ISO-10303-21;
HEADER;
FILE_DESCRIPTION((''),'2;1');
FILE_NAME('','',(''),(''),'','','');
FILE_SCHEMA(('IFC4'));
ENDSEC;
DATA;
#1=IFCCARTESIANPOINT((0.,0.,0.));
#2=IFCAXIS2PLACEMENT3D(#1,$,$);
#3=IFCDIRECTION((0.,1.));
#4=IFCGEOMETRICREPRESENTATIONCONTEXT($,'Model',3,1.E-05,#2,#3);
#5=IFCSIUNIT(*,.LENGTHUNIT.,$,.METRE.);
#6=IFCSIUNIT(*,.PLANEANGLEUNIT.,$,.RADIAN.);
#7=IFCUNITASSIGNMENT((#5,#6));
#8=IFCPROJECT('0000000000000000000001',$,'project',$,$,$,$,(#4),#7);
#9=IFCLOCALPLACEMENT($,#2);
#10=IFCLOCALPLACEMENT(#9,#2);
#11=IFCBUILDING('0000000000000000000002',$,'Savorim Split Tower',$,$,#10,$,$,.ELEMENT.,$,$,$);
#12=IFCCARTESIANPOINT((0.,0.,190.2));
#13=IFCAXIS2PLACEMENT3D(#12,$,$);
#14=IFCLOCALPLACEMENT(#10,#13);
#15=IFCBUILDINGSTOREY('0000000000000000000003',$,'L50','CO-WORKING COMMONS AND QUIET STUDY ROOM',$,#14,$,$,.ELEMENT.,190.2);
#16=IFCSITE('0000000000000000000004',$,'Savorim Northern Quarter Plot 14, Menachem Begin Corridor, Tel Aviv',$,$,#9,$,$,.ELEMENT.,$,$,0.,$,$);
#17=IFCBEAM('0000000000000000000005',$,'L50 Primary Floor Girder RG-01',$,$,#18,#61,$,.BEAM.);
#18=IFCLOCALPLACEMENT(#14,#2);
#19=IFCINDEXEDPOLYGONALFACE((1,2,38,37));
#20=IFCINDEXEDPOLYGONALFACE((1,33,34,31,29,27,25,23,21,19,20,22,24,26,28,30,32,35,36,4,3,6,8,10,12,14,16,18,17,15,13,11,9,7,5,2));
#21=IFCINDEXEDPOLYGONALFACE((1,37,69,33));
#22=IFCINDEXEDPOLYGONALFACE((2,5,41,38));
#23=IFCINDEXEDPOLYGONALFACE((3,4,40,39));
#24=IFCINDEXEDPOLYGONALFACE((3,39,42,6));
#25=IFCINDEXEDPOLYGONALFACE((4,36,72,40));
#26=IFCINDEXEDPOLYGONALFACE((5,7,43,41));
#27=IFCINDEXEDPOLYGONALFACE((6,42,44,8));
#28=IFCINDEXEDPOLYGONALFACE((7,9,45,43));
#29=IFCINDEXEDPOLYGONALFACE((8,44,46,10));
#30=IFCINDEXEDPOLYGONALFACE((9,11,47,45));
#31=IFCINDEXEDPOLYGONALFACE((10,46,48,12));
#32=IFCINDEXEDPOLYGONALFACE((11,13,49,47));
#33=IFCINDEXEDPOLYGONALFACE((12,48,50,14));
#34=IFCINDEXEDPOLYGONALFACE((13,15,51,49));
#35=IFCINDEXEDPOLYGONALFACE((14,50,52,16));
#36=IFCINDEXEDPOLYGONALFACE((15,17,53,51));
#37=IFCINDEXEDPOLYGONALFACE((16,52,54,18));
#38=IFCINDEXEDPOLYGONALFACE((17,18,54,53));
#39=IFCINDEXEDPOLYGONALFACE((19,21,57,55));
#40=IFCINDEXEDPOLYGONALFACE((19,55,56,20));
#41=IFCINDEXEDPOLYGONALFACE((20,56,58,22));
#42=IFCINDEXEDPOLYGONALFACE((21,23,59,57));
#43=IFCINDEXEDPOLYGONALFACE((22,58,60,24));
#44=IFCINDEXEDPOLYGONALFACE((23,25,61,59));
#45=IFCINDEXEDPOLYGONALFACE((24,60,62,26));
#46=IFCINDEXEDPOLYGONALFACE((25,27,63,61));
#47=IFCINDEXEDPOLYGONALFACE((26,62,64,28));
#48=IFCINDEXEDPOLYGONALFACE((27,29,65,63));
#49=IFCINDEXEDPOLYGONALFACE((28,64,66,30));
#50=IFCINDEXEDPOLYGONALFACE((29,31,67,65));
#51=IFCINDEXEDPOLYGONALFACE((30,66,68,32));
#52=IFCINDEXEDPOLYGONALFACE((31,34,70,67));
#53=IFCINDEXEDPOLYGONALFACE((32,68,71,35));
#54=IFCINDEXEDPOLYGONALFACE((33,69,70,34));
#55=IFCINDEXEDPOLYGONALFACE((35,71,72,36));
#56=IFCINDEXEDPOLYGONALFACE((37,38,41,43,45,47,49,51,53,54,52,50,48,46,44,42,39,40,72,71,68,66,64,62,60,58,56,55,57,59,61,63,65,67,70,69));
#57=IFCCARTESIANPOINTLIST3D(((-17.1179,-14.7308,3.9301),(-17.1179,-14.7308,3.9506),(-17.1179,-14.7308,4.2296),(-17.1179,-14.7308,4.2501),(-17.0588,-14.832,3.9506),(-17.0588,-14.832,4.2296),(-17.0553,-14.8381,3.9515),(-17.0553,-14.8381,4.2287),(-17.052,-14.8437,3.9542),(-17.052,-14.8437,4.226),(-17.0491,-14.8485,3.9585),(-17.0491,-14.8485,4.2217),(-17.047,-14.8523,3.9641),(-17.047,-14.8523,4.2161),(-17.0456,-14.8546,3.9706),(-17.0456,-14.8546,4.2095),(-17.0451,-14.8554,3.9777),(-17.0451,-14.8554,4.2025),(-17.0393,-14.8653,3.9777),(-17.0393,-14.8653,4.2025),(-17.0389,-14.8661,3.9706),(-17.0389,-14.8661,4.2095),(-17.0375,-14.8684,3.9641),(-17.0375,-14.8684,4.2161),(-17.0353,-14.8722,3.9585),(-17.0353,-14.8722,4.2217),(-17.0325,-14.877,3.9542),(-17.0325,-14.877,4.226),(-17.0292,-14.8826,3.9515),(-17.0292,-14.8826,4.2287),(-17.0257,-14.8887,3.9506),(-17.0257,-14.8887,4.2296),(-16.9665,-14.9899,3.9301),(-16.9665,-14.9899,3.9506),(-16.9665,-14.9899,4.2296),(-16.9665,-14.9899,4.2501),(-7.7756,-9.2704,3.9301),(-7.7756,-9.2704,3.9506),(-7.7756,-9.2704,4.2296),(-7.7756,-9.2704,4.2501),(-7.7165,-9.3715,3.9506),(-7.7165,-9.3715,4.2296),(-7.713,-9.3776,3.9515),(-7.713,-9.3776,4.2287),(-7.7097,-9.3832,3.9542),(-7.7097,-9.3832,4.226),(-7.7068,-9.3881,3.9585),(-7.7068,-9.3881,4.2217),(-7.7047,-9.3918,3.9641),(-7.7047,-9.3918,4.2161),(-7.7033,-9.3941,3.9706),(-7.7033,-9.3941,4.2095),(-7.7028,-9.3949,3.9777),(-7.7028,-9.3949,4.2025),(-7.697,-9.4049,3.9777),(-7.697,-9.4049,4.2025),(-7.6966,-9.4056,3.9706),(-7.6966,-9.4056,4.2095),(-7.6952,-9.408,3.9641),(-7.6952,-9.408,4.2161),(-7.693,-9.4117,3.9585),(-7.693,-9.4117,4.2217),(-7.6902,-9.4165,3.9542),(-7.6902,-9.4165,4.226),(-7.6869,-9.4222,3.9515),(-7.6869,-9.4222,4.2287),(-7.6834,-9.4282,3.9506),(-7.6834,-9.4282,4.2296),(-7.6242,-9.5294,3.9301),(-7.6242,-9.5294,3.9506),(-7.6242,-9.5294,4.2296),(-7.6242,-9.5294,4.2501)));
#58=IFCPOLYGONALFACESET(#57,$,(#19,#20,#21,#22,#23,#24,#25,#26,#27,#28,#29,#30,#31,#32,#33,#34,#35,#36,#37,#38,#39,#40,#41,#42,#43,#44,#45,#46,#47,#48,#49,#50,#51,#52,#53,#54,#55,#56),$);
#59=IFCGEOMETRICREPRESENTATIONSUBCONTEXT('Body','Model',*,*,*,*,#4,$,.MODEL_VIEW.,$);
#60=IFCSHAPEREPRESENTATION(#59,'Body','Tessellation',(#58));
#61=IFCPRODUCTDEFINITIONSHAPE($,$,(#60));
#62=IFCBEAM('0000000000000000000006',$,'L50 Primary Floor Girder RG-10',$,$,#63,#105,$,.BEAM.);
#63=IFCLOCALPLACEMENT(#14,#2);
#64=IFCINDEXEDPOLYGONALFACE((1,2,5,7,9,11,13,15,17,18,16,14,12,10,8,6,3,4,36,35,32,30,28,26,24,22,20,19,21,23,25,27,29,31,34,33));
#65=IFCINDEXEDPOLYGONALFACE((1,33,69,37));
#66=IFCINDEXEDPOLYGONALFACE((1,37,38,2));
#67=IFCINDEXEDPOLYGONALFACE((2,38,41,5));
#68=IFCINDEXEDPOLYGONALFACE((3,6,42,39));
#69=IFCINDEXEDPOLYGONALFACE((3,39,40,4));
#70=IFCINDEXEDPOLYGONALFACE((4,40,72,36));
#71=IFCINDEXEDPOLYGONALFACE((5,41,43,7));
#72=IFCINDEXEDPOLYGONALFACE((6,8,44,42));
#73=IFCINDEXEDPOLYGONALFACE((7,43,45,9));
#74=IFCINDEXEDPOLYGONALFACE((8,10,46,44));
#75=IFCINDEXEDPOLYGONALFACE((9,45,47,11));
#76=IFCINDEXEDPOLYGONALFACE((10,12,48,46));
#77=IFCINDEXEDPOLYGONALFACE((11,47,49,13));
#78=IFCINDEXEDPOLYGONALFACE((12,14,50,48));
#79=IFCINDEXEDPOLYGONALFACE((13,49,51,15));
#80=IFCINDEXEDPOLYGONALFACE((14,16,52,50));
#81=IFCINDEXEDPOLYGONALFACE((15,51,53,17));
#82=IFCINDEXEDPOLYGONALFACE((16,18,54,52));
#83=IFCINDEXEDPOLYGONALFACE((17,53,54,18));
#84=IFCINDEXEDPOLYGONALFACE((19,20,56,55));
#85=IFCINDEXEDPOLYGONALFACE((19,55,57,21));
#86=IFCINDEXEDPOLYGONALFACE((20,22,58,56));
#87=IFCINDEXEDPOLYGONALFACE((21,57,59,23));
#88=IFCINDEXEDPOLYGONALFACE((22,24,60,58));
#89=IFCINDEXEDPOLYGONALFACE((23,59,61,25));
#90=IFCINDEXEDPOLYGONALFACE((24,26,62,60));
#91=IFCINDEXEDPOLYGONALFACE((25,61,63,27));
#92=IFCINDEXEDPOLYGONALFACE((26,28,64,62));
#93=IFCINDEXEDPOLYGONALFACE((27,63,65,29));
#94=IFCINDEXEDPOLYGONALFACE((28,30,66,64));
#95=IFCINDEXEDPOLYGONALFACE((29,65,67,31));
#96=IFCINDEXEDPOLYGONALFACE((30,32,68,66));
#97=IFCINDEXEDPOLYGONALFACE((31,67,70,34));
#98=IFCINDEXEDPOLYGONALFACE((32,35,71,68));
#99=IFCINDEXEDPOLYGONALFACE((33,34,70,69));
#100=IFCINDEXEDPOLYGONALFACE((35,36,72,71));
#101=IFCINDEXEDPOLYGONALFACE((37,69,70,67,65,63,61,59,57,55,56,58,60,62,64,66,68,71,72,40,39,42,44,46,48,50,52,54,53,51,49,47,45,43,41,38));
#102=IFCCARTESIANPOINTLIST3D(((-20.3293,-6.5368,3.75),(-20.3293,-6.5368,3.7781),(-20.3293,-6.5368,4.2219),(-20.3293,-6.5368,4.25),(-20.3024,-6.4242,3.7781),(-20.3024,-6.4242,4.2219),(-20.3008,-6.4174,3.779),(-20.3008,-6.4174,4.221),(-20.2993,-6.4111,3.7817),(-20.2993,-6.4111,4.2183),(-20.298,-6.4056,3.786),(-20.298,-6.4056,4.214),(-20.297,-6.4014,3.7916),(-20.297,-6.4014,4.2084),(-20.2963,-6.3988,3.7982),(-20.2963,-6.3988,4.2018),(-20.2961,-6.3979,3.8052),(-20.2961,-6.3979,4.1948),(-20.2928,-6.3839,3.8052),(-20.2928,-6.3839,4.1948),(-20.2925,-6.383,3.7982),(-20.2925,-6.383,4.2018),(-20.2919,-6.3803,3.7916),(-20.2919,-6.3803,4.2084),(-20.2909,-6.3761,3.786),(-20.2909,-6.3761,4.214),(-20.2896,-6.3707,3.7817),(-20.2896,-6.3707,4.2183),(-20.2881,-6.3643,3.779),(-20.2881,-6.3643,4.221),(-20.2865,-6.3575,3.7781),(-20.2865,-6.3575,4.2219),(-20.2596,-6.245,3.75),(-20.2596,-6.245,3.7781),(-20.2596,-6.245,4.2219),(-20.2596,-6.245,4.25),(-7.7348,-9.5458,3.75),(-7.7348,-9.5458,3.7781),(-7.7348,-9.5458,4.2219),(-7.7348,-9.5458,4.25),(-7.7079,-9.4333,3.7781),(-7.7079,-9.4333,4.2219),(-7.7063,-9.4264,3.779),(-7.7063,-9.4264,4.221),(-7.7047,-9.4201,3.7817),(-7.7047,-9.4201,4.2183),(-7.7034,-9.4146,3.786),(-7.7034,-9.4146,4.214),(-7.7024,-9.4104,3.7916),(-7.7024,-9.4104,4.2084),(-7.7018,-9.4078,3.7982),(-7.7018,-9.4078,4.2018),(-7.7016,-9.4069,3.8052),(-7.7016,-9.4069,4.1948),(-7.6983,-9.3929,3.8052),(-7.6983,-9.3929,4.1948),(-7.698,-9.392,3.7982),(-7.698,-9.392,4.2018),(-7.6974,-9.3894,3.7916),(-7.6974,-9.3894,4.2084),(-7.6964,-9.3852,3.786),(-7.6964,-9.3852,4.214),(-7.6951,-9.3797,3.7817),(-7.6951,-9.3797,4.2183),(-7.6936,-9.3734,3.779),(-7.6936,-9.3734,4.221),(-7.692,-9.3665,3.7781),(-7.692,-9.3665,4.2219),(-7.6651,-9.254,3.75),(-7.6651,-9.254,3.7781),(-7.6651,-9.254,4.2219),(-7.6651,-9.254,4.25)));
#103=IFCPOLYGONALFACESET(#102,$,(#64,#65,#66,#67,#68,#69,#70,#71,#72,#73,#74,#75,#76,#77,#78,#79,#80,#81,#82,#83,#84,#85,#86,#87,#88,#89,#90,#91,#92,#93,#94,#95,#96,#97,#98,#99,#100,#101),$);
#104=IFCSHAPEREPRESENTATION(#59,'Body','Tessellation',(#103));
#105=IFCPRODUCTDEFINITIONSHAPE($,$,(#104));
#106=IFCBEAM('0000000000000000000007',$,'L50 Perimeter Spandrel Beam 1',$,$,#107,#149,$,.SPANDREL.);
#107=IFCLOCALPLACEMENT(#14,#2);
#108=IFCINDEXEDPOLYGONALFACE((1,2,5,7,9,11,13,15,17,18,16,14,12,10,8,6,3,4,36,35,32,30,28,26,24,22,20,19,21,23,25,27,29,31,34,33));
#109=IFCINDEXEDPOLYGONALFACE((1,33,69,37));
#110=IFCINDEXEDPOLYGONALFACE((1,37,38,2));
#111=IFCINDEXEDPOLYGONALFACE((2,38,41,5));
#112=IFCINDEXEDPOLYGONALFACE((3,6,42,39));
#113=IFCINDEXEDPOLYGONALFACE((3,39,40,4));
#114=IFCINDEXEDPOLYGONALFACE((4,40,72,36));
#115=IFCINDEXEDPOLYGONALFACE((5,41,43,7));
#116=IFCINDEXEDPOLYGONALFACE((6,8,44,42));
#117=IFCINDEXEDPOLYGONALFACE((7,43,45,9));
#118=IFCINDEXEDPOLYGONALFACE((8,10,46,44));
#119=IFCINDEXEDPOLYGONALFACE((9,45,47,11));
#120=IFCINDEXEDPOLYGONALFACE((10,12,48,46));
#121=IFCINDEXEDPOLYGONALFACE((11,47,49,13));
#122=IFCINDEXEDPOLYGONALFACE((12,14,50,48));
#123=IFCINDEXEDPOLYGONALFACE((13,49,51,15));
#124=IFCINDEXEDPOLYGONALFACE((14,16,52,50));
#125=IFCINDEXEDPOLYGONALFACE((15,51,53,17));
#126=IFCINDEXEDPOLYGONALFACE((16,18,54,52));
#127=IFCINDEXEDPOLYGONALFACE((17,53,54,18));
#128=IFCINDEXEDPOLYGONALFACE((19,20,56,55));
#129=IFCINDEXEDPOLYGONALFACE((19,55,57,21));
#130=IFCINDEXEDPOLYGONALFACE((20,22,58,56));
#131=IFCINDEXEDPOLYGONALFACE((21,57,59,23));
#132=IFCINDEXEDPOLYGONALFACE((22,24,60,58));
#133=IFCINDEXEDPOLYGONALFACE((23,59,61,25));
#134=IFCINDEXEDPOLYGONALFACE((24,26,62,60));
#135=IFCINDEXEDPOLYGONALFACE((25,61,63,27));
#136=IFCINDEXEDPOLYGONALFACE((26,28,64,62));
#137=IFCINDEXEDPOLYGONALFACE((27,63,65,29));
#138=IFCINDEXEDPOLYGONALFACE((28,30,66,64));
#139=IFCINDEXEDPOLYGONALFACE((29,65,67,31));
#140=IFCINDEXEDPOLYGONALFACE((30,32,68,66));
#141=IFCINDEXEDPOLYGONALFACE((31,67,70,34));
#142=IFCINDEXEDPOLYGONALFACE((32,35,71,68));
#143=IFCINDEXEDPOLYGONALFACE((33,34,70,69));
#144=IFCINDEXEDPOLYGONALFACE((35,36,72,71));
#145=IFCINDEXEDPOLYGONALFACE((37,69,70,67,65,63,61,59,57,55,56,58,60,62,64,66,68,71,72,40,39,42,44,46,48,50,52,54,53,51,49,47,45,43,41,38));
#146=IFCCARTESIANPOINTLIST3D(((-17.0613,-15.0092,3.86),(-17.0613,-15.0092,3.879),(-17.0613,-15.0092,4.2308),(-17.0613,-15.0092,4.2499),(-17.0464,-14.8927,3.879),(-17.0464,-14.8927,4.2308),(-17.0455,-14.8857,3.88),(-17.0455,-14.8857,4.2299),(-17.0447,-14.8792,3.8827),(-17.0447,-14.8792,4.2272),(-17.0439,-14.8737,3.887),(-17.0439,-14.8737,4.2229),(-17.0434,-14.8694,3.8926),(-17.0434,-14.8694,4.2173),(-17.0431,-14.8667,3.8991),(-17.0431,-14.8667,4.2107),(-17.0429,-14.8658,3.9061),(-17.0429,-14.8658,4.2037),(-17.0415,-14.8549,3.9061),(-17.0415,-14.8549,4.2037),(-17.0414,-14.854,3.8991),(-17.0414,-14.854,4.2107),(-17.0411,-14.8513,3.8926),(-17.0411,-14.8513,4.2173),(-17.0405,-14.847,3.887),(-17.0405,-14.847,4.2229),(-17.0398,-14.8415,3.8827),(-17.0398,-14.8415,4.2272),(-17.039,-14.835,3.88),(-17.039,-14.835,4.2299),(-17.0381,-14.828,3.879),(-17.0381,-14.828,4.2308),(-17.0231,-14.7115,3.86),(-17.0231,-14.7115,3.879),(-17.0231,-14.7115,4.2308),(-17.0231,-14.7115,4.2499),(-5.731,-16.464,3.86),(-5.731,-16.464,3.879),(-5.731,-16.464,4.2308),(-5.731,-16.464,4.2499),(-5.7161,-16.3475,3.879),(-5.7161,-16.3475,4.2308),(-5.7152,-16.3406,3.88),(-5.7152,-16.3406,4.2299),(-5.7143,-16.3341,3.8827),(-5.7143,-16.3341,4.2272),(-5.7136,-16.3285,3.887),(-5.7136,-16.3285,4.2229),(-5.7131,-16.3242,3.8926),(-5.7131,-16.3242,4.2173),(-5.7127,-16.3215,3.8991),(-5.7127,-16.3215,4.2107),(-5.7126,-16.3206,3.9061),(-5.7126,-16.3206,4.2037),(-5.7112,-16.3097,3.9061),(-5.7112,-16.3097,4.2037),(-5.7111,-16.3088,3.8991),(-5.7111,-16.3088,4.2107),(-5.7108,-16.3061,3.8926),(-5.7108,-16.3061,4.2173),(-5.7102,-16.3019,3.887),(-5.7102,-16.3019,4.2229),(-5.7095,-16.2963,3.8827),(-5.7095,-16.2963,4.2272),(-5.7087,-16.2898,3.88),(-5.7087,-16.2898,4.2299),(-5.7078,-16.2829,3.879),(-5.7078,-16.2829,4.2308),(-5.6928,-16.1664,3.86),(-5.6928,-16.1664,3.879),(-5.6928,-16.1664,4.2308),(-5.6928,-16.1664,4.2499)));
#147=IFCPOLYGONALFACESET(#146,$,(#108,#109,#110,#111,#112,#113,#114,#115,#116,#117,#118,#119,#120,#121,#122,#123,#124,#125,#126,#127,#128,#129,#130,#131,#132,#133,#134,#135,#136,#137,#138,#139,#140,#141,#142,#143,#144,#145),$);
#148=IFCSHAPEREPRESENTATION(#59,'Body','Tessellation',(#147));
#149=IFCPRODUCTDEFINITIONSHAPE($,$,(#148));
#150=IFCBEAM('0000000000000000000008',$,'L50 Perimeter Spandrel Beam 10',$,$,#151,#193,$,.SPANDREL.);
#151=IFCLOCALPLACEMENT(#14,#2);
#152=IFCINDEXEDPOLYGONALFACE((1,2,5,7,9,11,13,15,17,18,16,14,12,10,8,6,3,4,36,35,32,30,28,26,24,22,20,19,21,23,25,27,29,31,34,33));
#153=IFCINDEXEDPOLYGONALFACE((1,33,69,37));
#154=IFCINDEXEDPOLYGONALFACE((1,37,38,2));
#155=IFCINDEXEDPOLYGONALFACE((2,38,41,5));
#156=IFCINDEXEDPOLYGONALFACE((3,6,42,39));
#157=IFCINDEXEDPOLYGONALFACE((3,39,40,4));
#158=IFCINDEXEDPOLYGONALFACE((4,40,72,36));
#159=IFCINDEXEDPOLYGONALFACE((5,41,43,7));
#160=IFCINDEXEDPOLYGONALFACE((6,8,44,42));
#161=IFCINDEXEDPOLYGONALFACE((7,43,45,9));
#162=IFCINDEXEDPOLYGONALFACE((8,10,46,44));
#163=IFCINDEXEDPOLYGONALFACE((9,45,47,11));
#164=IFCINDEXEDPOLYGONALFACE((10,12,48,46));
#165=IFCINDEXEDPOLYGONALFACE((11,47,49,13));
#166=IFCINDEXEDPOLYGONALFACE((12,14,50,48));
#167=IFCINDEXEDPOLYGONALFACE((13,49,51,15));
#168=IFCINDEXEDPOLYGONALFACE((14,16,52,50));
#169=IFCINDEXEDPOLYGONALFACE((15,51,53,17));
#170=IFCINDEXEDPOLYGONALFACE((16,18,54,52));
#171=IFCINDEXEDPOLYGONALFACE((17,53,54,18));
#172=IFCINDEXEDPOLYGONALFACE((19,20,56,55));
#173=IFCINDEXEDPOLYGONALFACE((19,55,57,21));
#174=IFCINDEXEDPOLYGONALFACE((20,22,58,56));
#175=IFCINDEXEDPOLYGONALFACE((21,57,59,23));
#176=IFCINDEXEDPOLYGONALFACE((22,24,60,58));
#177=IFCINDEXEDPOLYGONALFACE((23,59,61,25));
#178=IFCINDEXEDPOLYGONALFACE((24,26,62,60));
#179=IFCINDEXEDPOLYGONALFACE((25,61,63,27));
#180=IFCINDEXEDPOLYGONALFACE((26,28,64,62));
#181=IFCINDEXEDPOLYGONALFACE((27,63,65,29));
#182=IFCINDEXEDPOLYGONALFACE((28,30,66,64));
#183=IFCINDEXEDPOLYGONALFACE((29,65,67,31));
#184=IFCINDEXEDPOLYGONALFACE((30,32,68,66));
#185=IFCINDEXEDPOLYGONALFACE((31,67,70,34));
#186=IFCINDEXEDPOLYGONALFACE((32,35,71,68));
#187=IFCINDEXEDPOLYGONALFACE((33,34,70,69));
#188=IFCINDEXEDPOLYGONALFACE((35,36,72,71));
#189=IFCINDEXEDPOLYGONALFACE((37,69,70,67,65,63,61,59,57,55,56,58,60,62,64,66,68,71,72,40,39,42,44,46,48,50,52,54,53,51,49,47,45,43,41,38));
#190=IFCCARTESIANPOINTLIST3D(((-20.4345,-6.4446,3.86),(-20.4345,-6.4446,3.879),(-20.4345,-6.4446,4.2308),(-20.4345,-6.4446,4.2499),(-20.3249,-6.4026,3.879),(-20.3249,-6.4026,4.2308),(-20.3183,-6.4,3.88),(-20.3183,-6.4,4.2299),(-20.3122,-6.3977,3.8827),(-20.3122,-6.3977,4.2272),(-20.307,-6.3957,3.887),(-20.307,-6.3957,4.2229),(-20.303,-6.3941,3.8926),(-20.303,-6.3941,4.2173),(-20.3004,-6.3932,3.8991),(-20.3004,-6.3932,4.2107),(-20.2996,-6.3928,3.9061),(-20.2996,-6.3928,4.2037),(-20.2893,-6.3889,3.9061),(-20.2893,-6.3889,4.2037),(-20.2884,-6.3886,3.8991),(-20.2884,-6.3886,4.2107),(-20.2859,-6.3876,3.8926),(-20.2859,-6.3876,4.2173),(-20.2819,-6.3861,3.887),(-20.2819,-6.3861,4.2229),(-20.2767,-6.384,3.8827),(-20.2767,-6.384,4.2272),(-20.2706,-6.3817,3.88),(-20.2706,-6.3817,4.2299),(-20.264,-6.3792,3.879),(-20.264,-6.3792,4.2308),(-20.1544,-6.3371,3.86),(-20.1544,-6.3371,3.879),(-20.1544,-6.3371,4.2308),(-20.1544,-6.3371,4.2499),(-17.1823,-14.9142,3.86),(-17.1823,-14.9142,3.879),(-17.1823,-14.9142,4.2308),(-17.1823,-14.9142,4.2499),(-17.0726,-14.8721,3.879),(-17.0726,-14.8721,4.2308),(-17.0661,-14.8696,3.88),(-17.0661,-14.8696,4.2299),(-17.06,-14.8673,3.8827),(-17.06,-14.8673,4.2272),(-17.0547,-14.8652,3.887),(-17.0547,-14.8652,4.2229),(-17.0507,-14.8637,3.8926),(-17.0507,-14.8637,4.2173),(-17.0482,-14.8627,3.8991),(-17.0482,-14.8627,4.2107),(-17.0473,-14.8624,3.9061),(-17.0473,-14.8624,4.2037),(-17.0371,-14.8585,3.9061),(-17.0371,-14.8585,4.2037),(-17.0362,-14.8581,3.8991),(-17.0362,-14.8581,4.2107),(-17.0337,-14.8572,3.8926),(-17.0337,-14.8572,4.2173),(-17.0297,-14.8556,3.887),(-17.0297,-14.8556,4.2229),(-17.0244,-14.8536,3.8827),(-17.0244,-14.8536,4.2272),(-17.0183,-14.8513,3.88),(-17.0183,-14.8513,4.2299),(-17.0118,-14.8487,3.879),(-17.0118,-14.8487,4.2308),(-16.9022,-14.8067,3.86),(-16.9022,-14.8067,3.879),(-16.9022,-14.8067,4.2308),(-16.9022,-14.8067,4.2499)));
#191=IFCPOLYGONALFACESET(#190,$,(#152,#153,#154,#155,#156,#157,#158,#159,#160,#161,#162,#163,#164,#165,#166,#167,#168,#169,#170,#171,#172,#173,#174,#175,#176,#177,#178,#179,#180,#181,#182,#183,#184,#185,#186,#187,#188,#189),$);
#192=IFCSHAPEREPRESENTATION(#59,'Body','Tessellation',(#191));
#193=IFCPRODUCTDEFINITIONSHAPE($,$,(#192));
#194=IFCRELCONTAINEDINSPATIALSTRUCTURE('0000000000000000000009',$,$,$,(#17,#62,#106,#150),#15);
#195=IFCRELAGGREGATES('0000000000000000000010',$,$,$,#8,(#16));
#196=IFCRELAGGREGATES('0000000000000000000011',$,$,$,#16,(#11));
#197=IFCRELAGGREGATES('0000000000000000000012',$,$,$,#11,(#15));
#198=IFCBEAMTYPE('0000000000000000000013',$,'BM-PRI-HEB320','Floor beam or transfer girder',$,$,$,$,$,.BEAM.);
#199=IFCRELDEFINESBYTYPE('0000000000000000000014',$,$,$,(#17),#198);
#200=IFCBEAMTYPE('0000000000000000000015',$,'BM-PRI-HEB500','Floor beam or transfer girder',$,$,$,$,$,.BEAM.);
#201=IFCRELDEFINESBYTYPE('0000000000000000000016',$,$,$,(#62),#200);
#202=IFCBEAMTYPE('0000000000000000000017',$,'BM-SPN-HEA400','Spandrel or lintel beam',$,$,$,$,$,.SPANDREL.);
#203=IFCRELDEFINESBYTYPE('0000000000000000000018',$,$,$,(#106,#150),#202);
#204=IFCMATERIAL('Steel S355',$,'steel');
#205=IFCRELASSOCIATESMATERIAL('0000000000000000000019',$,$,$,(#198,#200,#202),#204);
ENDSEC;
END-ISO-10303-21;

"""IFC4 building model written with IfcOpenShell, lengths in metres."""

from ifc_helpers import new_model, si_unit, direction, frame, origin, origin_2d, place, context, subcontext, project, spatial, i_section, extrude, material, material_profile, profile_set, type_object, element, save


model = new_model("IFC4")

# Units and contexts
model_context = context("Model", 3, precision=1e-05, world=origin(), true_north=direction((0.0, 1.0)))
body_context = subcontext(model_context, "Body", "Model", "MODEL_VIEW")
ifc_project = project(units=[si_unit("LENGTHUNIT", "METRE"), si_unit("PLANEANGLEUNIT", "RADIAN")], contexts=[model_context])

# Site, building, storey
site_placement = place(None, origin())
site = spatial("IfcSite", under=ifc_project, at=site_placement, Name="Savorim Northern Quarter Plot 14, Menachem Begin Corridor, Tel Aviv", CompositionType="ELEMENT", RefElevation=0.0)
building_placement = place(site_placement, origin())
building = spatial("IfcBuilding", under=site, at=building_placement, Name="Savorim Split Tower", CompositionType="ELEMENT")
storey_placement = place(building_placement, frame((0.0, 0.0, 190.2)))
storey = spatial("IfcBuildingStorey", under=building, at=storey_placement, Name="L50", Description="CO-WORKING COMMONS AND QUIET STUDY ROOM", CompositionType="ELEMENT", Elevation=190.2)

# Shared definitions
ifc_material_1 = material(Name="Steel S355", Category="steel")

# Beams
ifc_material_profile_1 = material_profile(ifc_material_1, i_section(OverallWidth=0.3, OverallDepth=0.3201, WebThickness=0.0115, FlangeThickness=0.0205, FilletRadius=0.0271, at=origin_2d()), Name="HEB 320")
ifc_profile_set_1 = profile_set([ifc_material_profile_1], Name="Steel S355")
beam_type_1 = type_object("IfcBeamType", Name="BM-PRI-HEB320", Description="Floor beam or transfer girder", PredefinedType="BEAM", material=ifc_profile_set_1)
beam_1_placement = place(storey_placement, frame((-17.0422, -14.8604, 4.0901), z_axis=(0.863345, 0.504614, 0.0), x_axis=(-0.504614, 0.863345, 0.0)))
element("IfcBeam", 1, at=beam_1_placement, inside=storey, type_object=beam_type_1, Name="L50 Primary Floor Girder RG-01", PredefinedType="BEAM", context=body_context, shape_type="SweptSolid", body=[
    extrude(i_section(OverallWidth=0.3, OverallDepth=0.3201, WebThickness=0.0115, FlangeThickness=0.0205, FilletRadius=0.0271, at=origin_2d()), origin(), (0.0, 0.0, 1.0), 10.821),
])
ifc_material_profile_2 = material_profile(ifc_material_1, i_section(OverallWidth=0.3, OverallDepth=0.5, WebThickness=0.0144, FlangeThickness=0.0281, FilletRadius=0.0271, at=origin_2d()), Name="HEB 500")
ifc_profile_set_2 = profile_set([ifc_material_profile_2], Name="Steel S355")
beam_type_2 = type_object("IfcBeamType", Name="BM-PRI-HEB500", Description="Floor beam or transfer girder", PredefinedType="BEAM", material=ifc_profile_set_2)
beam_2_placement = place(storey_placement, frame((-20.2944, -6.3909, 4.0), z_axis=(0.972626, -0.232377, 0.0), x_axis=(0.232377, 0.972626, 0.0)))
element("IfcBeam", 2, at=beam_2_placement, inside=storey, type_object=beam_type_2, Name="L50 Primary Floor Girder RG-10", PredefinedType="BEAM", context=body_context, shape_type="SweptSolid", body=[
    extrude(i_section(OverallWidth=0.3, OverallDepth=0.5, WebThickness=0.0144, FlangeThickness=0.0281, FilletRadius=0.0271, at=origin_2d()), origin(), (0.0, 0.0, 1.0), 12.949),
])
ifc_material_profile_3 = material_profile(ifc_material_1, i_section(OverallWidth=0.3, OverallDepth=0.3899, WebThickness=0.011, FlangeThickness=0.019, FilletRadius=0.0271, at=origin_2d()), Name="HEA 400")
ifc_profile_set_3 = profile_set([ifc_material_profile_3], Name="Steel S355")
beam_type_3 = type_object("IfcBeamType", Name="BM-SPN-HEA400", Description="Spandrel or lintel beam", PredefinedType="SPANDREL", material=ifc_profile_set_3)
beam_3_placement = place(storey_placement, frame((-17.0422, -14.8604, 4.0549), z_axis=(0.991857, -0.127356, 0.0), x_axis=(0.127356, 0.991857, 0.0)))
element("IfcBeam", 3, at=beam_3_placement, inside=storey, type_object=beam_type_3, Name="L50 Perimeter Spandrel Beam 1", PredefinedType="SPANDREL", context=body_context, shape_type="SweptSolid", body=[
    extrude(i_section(OverallWidth=0.3, OverallDepth=0.3899, WebThickness=0.011, FlangeThickness=0.019, FilletRadius=0.0271, at=origin_2d()), origin(), (0.0, 0.0, 1.0), 11.4233),
])
beam_4_placement = place(storey_placement, frame((-20.2944, -6.3909, 4.0549), z_axis=(0.358471, -0.933541, 0.0), x_axis=(0.933541, 0.358471, 0.0)))
element("IfcBeam", 4, at=beam_4_placement, inside=storey, type_object=beam_type_3, Name="L50 Perimeter Spandrel Beam 10", PredefinedType="SPANDREL", context=body_context, shape_type="SweptSolid", body=[
    extrude(i_section(OverallWidth=0.3, OverallDepth=0.3899, WebThickness=0.011, FlangeThickness=0.019, FilletRadius=0.0271, at=origin_2d()), origin(), (0.0, 0.0, 1.0), 9.0725),
])

save(model, "model.ifc")
